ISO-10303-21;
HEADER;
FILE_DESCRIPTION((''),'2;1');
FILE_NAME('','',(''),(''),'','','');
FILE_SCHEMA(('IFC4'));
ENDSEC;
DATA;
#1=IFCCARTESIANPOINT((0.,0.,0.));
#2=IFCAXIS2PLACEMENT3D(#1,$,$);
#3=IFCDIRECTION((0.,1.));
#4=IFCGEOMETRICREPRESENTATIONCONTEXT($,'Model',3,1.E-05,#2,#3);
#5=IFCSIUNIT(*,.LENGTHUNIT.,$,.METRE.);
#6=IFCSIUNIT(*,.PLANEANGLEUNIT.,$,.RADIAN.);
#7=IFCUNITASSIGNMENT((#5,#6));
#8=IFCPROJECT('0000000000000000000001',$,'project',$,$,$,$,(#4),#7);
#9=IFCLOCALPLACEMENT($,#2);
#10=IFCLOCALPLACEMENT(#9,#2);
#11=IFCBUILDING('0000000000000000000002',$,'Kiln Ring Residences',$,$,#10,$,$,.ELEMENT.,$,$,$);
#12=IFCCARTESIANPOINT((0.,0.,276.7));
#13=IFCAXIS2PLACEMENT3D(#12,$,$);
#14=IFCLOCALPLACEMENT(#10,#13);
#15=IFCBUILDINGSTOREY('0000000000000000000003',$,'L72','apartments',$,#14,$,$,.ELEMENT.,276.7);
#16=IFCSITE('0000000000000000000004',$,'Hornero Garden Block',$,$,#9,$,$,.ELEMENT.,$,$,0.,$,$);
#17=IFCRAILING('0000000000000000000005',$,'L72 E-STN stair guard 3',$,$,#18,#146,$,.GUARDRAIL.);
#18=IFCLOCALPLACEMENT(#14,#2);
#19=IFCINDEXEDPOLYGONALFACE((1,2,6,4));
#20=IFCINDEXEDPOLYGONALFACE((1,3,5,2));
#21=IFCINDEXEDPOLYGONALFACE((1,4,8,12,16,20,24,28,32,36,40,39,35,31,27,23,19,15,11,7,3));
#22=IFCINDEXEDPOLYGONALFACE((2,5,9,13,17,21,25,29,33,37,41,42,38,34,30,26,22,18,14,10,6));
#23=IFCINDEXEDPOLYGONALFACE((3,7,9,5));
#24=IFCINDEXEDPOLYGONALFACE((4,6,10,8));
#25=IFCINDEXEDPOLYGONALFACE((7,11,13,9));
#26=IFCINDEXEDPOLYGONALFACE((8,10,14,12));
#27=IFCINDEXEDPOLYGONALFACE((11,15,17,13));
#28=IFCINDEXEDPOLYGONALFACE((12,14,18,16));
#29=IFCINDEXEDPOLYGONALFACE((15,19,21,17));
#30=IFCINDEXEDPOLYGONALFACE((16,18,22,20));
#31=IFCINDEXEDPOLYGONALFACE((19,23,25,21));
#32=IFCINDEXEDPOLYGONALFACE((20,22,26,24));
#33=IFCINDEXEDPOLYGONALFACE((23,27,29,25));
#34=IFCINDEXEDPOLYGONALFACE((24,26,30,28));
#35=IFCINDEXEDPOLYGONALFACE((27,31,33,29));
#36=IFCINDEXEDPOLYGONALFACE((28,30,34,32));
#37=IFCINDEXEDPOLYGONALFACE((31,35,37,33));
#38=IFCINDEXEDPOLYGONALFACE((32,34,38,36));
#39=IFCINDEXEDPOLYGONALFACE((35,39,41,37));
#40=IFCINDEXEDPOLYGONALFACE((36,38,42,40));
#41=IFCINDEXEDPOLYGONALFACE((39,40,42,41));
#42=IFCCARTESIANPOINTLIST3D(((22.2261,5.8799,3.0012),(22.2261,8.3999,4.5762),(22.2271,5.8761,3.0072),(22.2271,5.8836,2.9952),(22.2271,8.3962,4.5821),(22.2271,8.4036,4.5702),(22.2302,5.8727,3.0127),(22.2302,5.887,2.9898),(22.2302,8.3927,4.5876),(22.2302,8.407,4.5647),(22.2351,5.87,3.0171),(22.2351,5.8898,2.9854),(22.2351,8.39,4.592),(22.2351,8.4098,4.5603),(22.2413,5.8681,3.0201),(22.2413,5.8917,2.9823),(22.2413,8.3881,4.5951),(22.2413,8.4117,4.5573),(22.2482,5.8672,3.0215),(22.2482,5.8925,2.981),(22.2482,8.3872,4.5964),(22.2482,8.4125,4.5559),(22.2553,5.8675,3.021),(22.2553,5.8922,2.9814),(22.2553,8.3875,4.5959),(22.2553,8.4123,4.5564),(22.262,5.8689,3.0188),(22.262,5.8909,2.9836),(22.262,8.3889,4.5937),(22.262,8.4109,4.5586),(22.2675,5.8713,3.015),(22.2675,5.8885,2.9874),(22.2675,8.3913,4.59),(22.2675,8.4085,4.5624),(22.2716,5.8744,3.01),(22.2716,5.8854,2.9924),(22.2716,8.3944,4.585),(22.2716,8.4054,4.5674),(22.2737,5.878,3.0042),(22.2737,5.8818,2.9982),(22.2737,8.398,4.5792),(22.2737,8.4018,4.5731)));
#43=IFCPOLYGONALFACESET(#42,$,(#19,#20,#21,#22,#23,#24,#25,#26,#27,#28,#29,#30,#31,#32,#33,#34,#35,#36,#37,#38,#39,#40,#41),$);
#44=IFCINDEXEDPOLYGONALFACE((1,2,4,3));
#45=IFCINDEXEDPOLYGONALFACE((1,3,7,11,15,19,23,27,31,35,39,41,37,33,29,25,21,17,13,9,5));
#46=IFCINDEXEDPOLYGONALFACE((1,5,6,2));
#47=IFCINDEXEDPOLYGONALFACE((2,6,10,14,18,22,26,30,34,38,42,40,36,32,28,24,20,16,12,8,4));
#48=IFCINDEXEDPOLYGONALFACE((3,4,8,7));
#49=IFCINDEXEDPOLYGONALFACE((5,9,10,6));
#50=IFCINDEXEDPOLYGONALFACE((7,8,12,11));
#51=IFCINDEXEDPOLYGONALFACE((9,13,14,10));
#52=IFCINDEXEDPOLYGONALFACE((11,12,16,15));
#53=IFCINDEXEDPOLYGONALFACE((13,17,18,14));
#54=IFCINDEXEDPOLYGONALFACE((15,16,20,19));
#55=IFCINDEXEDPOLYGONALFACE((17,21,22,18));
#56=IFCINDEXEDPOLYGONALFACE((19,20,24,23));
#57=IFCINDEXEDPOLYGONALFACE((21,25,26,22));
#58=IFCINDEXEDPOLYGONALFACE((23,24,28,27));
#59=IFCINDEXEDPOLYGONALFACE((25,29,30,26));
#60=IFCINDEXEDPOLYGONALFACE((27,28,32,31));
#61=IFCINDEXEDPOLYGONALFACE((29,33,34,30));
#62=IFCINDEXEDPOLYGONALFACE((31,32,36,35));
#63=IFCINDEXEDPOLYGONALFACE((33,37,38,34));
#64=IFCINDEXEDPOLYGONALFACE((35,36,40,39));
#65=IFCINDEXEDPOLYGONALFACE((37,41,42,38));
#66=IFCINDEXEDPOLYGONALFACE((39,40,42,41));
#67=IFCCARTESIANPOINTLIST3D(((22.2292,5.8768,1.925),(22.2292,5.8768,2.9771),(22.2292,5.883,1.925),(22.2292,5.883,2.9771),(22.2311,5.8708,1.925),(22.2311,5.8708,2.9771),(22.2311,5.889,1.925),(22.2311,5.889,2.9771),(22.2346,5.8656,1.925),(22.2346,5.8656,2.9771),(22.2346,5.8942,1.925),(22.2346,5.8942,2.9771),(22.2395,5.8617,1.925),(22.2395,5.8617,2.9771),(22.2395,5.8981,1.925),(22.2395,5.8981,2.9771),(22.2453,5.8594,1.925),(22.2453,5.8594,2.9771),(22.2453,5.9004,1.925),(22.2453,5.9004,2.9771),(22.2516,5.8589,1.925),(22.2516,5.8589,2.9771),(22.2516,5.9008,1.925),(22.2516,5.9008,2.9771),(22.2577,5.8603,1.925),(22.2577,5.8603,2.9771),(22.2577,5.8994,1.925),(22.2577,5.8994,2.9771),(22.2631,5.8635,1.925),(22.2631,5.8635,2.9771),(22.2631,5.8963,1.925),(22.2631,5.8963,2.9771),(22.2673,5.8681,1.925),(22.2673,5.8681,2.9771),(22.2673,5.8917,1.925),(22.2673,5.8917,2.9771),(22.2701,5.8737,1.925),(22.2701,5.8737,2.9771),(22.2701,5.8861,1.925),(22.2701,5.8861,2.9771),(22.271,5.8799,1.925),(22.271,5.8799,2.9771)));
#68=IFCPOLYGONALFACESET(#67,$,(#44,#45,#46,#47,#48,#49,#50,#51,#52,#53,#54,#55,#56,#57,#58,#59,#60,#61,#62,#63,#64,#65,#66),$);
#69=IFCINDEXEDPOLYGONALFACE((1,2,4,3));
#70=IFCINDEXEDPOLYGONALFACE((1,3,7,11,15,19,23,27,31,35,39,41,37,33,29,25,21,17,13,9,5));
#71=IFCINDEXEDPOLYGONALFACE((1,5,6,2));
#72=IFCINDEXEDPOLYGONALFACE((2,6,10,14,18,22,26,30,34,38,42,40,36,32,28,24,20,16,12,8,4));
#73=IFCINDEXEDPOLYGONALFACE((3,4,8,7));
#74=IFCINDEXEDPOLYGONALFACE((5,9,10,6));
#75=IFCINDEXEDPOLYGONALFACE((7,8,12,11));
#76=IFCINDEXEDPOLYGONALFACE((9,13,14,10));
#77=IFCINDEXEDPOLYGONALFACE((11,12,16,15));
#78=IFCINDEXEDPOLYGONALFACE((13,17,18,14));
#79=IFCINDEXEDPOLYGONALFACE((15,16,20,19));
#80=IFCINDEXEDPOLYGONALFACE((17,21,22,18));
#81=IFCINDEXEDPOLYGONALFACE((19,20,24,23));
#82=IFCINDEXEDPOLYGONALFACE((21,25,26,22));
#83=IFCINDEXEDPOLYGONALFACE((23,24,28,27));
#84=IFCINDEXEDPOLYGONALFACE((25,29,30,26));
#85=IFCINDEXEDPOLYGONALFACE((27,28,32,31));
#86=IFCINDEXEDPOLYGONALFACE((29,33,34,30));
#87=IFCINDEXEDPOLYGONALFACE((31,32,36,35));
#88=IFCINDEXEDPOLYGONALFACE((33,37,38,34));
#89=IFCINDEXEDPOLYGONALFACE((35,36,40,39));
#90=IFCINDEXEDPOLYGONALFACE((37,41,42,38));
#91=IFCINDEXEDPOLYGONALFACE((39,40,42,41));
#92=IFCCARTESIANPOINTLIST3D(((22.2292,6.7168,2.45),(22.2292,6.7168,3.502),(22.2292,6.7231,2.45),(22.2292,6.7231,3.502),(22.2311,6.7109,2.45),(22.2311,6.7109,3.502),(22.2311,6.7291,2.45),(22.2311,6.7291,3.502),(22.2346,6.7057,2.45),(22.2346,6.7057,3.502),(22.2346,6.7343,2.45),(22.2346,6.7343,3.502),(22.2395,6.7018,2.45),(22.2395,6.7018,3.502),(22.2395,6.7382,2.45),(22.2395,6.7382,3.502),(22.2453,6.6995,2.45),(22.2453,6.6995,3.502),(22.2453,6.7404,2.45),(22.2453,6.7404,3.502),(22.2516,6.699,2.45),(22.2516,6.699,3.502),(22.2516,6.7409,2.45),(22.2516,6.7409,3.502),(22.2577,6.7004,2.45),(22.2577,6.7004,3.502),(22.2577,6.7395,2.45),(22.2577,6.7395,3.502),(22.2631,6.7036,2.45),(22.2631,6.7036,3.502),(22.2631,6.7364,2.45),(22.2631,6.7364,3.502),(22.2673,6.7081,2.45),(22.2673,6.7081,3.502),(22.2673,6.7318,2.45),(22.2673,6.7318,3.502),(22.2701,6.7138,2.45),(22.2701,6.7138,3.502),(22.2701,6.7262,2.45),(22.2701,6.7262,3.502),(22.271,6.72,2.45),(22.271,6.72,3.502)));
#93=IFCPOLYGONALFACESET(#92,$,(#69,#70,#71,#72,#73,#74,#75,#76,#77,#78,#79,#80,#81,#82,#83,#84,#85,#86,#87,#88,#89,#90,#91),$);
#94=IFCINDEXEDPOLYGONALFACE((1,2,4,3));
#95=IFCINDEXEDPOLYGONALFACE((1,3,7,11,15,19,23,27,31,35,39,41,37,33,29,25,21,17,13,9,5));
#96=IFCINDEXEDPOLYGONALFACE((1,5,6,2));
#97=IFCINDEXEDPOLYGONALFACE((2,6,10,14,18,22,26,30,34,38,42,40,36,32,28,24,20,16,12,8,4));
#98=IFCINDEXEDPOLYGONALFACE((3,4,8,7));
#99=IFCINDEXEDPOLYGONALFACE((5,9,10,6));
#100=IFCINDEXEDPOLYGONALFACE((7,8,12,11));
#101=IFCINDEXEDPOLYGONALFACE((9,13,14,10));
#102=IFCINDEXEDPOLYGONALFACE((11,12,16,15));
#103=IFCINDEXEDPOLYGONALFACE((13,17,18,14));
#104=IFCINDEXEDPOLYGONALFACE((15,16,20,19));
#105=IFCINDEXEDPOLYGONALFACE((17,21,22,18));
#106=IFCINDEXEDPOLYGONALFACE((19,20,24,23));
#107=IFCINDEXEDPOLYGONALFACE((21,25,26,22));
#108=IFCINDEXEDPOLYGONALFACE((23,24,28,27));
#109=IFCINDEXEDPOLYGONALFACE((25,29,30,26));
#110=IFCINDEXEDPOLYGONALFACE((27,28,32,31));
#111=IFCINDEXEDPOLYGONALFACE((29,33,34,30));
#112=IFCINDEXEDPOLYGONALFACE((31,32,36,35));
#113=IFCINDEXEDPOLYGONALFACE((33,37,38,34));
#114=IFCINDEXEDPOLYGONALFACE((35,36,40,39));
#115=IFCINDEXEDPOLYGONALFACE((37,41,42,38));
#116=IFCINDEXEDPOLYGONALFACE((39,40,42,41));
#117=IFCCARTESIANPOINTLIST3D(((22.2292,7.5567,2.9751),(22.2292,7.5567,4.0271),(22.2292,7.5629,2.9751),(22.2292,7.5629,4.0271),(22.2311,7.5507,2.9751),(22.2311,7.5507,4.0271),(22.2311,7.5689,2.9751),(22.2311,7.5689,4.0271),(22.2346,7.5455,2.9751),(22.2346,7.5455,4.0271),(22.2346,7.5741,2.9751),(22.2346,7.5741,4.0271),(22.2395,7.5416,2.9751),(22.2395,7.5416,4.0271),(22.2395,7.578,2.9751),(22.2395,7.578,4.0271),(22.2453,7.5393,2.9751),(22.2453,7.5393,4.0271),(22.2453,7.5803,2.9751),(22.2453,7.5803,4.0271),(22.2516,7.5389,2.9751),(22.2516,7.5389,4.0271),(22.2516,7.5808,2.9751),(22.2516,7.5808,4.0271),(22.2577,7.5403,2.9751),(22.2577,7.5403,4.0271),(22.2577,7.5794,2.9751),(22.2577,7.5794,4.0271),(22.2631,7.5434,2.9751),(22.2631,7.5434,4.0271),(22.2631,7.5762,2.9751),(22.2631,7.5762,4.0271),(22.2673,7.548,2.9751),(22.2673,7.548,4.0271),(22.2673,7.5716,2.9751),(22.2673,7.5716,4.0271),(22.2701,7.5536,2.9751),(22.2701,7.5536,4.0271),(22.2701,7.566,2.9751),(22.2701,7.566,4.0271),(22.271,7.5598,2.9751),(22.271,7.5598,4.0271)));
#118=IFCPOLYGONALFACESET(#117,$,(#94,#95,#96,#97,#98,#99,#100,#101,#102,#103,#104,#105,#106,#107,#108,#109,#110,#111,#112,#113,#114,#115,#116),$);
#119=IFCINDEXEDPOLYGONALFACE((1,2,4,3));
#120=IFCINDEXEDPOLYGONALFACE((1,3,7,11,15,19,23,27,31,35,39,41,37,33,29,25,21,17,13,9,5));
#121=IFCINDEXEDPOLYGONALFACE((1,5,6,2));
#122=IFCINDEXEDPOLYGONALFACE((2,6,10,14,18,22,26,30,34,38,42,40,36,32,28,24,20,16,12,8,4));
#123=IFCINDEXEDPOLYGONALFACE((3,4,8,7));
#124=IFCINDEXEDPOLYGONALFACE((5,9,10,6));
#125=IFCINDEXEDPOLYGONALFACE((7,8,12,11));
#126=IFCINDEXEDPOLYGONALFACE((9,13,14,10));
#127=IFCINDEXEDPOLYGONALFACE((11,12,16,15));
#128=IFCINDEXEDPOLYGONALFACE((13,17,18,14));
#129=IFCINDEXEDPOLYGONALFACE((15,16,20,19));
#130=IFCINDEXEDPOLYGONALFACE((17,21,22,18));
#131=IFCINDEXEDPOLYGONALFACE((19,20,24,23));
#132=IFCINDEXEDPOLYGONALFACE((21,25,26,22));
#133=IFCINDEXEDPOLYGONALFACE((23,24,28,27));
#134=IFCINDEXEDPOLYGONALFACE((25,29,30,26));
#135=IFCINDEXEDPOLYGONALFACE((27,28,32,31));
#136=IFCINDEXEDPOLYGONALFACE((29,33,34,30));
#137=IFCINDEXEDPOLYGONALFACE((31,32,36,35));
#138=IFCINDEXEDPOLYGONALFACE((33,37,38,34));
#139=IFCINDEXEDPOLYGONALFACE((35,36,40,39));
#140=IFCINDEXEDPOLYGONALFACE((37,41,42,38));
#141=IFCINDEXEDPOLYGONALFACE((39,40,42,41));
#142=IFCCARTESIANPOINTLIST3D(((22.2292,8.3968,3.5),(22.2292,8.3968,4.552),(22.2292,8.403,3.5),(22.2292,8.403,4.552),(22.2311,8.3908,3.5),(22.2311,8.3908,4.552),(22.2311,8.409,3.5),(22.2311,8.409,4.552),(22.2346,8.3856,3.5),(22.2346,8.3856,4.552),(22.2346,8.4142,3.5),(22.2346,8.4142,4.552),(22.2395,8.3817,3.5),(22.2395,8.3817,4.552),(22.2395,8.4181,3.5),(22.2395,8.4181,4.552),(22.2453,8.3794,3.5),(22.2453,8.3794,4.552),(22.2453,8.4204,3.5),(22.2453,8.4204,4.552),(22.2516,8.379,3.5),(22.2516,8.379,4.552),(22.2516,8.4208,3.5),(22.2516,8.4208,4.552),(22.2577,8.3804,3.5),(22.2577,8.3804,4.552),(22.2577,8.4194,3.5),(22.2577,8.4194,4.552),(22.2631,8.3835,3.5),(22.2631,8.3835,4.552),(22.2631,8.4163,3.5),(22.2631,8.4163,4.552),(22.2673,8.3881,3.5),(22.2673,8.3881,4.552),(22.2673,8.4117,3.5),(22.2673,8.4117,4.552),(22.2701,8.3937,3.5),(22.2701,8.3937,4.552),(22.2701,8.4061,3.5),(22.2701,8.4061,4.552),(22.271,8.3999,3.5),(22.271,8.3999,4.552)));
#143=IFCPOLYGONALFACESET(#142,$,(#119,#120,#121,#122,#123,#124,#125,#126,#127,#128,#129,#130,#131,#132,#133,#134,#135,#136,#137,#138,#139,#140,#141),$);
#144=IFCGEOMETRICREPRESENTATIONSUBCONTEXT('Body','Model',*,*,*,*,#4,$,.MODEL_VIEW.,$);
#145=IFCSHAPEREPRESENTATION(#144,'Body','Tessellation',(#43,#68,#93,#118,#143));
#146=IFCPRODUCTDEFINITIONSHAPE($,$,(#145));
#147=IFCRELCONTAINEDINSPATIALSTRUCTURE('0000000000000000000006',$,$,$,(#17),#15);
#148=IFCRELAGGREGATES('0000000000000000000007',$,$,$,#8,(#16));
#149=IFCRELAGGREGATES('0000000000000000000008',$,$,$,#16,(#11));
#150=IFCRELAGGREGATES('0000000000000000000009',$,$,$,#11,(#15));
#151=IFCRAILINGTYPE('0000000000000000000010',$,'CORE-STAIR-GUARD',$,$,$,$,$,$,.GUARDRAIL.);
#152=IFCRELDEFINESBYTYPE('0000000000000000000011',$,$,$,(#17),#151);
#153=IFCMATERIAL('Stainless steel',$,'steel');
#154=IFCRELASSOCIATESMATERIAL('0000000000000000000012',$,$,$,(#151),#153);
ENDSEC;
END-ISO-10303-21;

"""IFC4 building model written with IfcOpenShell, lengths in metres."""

from ifc_helpers import new_model, si_unit, direction, frame, origin, origin_2d, place, context, subcontext, project, spatial, circle, extrude, material, type_object, element, save


model = new_model("IFC4")

# Units and contexts
model_context = context("Model", 3, precision=1e-05, world=origin(), true_north=direction((0.0, 1.0)))
body_context = subcontext(model_context, "Body", "Model", "MODEL_VIEW")
ifc_project = project(units=[si_unit("LENGTHUNIT", "METRE"), si_unit("PLANEANGLEUNIT", "RADIAN")], contexts=[model_context])

# Site, building, storey
site_placement = place(None, origin())
site = spatial("IfcSite", under=ifc_project, at=site_placement, Name="Hornero Garden Block", CompositionType="ELEMENT", RefElevation=0.0)
building_placement = place(site_placement, origin())
building = spatial("IfcBuilding", under=site, at=building_placement, Name="Kiln Ring Residences", CompositionType="ELEMENT")
storey_placement = place(building_placement, frame((0.0, 0.0, 276.7)))
storey = spatial("IfcBuildingStorey", under=building, at=storey_placement, Name="L72", Description="apartments", CompositionType="ELEMENT", Elevation=276.7)

# Railing
ifc_material_1 = material(Name="Stainless steel", Category="steel")
railing_type_1 = type_object("IfcRailingType", Name="CORE-STAIR-GUARD", PredefinedType="GUARDRAIL", material=ifc_material_1)
railing_1_placement = place(storey_placement, frame((22.25, 5.8799, 1.925)))
element("IfcRailing", 1, at=railing_1_placement, inside=storey, type_object=railing_type_1, Name="L72 E-STN stair guard 3", PredefinedType="GUARDRAIL", context=body_context, shape_type="SweptSolid", body=[
    extrude(circle(Radius=0.0239, at=origin_2d()), frame((0.0, 0.0, 1.0762), z_axis=(0.0, 0.848008, 0.529984), x_axis=(-1.0, 0.0, 0.0)), (0.0, 0.0, 1.0), 2.9717),
    extrude(circle(Radius=0.021, at=origin_2d()), origin(), (0.0, 0.0, 1.0), 1.052),
    extrude(circle(Radius=0.021, at=origin_2d()), frame((0.0, 0.8401, 0.5249)), (0.0, 0.0, 1.0), 1.052),
    extrude(circle(Radius=0.021, at=origin_2d()), frame((0.0, 1.6799, 1.05)), (0.0, 0.0, 1.0), 1.052),
    extrude(circle(Radius=0.021, at=origin_2d()), frame((0.0, 2.52, 1.575)), (0.0, 0.0, 1.0), 1.052),
])

save(model, "model.ifc")
